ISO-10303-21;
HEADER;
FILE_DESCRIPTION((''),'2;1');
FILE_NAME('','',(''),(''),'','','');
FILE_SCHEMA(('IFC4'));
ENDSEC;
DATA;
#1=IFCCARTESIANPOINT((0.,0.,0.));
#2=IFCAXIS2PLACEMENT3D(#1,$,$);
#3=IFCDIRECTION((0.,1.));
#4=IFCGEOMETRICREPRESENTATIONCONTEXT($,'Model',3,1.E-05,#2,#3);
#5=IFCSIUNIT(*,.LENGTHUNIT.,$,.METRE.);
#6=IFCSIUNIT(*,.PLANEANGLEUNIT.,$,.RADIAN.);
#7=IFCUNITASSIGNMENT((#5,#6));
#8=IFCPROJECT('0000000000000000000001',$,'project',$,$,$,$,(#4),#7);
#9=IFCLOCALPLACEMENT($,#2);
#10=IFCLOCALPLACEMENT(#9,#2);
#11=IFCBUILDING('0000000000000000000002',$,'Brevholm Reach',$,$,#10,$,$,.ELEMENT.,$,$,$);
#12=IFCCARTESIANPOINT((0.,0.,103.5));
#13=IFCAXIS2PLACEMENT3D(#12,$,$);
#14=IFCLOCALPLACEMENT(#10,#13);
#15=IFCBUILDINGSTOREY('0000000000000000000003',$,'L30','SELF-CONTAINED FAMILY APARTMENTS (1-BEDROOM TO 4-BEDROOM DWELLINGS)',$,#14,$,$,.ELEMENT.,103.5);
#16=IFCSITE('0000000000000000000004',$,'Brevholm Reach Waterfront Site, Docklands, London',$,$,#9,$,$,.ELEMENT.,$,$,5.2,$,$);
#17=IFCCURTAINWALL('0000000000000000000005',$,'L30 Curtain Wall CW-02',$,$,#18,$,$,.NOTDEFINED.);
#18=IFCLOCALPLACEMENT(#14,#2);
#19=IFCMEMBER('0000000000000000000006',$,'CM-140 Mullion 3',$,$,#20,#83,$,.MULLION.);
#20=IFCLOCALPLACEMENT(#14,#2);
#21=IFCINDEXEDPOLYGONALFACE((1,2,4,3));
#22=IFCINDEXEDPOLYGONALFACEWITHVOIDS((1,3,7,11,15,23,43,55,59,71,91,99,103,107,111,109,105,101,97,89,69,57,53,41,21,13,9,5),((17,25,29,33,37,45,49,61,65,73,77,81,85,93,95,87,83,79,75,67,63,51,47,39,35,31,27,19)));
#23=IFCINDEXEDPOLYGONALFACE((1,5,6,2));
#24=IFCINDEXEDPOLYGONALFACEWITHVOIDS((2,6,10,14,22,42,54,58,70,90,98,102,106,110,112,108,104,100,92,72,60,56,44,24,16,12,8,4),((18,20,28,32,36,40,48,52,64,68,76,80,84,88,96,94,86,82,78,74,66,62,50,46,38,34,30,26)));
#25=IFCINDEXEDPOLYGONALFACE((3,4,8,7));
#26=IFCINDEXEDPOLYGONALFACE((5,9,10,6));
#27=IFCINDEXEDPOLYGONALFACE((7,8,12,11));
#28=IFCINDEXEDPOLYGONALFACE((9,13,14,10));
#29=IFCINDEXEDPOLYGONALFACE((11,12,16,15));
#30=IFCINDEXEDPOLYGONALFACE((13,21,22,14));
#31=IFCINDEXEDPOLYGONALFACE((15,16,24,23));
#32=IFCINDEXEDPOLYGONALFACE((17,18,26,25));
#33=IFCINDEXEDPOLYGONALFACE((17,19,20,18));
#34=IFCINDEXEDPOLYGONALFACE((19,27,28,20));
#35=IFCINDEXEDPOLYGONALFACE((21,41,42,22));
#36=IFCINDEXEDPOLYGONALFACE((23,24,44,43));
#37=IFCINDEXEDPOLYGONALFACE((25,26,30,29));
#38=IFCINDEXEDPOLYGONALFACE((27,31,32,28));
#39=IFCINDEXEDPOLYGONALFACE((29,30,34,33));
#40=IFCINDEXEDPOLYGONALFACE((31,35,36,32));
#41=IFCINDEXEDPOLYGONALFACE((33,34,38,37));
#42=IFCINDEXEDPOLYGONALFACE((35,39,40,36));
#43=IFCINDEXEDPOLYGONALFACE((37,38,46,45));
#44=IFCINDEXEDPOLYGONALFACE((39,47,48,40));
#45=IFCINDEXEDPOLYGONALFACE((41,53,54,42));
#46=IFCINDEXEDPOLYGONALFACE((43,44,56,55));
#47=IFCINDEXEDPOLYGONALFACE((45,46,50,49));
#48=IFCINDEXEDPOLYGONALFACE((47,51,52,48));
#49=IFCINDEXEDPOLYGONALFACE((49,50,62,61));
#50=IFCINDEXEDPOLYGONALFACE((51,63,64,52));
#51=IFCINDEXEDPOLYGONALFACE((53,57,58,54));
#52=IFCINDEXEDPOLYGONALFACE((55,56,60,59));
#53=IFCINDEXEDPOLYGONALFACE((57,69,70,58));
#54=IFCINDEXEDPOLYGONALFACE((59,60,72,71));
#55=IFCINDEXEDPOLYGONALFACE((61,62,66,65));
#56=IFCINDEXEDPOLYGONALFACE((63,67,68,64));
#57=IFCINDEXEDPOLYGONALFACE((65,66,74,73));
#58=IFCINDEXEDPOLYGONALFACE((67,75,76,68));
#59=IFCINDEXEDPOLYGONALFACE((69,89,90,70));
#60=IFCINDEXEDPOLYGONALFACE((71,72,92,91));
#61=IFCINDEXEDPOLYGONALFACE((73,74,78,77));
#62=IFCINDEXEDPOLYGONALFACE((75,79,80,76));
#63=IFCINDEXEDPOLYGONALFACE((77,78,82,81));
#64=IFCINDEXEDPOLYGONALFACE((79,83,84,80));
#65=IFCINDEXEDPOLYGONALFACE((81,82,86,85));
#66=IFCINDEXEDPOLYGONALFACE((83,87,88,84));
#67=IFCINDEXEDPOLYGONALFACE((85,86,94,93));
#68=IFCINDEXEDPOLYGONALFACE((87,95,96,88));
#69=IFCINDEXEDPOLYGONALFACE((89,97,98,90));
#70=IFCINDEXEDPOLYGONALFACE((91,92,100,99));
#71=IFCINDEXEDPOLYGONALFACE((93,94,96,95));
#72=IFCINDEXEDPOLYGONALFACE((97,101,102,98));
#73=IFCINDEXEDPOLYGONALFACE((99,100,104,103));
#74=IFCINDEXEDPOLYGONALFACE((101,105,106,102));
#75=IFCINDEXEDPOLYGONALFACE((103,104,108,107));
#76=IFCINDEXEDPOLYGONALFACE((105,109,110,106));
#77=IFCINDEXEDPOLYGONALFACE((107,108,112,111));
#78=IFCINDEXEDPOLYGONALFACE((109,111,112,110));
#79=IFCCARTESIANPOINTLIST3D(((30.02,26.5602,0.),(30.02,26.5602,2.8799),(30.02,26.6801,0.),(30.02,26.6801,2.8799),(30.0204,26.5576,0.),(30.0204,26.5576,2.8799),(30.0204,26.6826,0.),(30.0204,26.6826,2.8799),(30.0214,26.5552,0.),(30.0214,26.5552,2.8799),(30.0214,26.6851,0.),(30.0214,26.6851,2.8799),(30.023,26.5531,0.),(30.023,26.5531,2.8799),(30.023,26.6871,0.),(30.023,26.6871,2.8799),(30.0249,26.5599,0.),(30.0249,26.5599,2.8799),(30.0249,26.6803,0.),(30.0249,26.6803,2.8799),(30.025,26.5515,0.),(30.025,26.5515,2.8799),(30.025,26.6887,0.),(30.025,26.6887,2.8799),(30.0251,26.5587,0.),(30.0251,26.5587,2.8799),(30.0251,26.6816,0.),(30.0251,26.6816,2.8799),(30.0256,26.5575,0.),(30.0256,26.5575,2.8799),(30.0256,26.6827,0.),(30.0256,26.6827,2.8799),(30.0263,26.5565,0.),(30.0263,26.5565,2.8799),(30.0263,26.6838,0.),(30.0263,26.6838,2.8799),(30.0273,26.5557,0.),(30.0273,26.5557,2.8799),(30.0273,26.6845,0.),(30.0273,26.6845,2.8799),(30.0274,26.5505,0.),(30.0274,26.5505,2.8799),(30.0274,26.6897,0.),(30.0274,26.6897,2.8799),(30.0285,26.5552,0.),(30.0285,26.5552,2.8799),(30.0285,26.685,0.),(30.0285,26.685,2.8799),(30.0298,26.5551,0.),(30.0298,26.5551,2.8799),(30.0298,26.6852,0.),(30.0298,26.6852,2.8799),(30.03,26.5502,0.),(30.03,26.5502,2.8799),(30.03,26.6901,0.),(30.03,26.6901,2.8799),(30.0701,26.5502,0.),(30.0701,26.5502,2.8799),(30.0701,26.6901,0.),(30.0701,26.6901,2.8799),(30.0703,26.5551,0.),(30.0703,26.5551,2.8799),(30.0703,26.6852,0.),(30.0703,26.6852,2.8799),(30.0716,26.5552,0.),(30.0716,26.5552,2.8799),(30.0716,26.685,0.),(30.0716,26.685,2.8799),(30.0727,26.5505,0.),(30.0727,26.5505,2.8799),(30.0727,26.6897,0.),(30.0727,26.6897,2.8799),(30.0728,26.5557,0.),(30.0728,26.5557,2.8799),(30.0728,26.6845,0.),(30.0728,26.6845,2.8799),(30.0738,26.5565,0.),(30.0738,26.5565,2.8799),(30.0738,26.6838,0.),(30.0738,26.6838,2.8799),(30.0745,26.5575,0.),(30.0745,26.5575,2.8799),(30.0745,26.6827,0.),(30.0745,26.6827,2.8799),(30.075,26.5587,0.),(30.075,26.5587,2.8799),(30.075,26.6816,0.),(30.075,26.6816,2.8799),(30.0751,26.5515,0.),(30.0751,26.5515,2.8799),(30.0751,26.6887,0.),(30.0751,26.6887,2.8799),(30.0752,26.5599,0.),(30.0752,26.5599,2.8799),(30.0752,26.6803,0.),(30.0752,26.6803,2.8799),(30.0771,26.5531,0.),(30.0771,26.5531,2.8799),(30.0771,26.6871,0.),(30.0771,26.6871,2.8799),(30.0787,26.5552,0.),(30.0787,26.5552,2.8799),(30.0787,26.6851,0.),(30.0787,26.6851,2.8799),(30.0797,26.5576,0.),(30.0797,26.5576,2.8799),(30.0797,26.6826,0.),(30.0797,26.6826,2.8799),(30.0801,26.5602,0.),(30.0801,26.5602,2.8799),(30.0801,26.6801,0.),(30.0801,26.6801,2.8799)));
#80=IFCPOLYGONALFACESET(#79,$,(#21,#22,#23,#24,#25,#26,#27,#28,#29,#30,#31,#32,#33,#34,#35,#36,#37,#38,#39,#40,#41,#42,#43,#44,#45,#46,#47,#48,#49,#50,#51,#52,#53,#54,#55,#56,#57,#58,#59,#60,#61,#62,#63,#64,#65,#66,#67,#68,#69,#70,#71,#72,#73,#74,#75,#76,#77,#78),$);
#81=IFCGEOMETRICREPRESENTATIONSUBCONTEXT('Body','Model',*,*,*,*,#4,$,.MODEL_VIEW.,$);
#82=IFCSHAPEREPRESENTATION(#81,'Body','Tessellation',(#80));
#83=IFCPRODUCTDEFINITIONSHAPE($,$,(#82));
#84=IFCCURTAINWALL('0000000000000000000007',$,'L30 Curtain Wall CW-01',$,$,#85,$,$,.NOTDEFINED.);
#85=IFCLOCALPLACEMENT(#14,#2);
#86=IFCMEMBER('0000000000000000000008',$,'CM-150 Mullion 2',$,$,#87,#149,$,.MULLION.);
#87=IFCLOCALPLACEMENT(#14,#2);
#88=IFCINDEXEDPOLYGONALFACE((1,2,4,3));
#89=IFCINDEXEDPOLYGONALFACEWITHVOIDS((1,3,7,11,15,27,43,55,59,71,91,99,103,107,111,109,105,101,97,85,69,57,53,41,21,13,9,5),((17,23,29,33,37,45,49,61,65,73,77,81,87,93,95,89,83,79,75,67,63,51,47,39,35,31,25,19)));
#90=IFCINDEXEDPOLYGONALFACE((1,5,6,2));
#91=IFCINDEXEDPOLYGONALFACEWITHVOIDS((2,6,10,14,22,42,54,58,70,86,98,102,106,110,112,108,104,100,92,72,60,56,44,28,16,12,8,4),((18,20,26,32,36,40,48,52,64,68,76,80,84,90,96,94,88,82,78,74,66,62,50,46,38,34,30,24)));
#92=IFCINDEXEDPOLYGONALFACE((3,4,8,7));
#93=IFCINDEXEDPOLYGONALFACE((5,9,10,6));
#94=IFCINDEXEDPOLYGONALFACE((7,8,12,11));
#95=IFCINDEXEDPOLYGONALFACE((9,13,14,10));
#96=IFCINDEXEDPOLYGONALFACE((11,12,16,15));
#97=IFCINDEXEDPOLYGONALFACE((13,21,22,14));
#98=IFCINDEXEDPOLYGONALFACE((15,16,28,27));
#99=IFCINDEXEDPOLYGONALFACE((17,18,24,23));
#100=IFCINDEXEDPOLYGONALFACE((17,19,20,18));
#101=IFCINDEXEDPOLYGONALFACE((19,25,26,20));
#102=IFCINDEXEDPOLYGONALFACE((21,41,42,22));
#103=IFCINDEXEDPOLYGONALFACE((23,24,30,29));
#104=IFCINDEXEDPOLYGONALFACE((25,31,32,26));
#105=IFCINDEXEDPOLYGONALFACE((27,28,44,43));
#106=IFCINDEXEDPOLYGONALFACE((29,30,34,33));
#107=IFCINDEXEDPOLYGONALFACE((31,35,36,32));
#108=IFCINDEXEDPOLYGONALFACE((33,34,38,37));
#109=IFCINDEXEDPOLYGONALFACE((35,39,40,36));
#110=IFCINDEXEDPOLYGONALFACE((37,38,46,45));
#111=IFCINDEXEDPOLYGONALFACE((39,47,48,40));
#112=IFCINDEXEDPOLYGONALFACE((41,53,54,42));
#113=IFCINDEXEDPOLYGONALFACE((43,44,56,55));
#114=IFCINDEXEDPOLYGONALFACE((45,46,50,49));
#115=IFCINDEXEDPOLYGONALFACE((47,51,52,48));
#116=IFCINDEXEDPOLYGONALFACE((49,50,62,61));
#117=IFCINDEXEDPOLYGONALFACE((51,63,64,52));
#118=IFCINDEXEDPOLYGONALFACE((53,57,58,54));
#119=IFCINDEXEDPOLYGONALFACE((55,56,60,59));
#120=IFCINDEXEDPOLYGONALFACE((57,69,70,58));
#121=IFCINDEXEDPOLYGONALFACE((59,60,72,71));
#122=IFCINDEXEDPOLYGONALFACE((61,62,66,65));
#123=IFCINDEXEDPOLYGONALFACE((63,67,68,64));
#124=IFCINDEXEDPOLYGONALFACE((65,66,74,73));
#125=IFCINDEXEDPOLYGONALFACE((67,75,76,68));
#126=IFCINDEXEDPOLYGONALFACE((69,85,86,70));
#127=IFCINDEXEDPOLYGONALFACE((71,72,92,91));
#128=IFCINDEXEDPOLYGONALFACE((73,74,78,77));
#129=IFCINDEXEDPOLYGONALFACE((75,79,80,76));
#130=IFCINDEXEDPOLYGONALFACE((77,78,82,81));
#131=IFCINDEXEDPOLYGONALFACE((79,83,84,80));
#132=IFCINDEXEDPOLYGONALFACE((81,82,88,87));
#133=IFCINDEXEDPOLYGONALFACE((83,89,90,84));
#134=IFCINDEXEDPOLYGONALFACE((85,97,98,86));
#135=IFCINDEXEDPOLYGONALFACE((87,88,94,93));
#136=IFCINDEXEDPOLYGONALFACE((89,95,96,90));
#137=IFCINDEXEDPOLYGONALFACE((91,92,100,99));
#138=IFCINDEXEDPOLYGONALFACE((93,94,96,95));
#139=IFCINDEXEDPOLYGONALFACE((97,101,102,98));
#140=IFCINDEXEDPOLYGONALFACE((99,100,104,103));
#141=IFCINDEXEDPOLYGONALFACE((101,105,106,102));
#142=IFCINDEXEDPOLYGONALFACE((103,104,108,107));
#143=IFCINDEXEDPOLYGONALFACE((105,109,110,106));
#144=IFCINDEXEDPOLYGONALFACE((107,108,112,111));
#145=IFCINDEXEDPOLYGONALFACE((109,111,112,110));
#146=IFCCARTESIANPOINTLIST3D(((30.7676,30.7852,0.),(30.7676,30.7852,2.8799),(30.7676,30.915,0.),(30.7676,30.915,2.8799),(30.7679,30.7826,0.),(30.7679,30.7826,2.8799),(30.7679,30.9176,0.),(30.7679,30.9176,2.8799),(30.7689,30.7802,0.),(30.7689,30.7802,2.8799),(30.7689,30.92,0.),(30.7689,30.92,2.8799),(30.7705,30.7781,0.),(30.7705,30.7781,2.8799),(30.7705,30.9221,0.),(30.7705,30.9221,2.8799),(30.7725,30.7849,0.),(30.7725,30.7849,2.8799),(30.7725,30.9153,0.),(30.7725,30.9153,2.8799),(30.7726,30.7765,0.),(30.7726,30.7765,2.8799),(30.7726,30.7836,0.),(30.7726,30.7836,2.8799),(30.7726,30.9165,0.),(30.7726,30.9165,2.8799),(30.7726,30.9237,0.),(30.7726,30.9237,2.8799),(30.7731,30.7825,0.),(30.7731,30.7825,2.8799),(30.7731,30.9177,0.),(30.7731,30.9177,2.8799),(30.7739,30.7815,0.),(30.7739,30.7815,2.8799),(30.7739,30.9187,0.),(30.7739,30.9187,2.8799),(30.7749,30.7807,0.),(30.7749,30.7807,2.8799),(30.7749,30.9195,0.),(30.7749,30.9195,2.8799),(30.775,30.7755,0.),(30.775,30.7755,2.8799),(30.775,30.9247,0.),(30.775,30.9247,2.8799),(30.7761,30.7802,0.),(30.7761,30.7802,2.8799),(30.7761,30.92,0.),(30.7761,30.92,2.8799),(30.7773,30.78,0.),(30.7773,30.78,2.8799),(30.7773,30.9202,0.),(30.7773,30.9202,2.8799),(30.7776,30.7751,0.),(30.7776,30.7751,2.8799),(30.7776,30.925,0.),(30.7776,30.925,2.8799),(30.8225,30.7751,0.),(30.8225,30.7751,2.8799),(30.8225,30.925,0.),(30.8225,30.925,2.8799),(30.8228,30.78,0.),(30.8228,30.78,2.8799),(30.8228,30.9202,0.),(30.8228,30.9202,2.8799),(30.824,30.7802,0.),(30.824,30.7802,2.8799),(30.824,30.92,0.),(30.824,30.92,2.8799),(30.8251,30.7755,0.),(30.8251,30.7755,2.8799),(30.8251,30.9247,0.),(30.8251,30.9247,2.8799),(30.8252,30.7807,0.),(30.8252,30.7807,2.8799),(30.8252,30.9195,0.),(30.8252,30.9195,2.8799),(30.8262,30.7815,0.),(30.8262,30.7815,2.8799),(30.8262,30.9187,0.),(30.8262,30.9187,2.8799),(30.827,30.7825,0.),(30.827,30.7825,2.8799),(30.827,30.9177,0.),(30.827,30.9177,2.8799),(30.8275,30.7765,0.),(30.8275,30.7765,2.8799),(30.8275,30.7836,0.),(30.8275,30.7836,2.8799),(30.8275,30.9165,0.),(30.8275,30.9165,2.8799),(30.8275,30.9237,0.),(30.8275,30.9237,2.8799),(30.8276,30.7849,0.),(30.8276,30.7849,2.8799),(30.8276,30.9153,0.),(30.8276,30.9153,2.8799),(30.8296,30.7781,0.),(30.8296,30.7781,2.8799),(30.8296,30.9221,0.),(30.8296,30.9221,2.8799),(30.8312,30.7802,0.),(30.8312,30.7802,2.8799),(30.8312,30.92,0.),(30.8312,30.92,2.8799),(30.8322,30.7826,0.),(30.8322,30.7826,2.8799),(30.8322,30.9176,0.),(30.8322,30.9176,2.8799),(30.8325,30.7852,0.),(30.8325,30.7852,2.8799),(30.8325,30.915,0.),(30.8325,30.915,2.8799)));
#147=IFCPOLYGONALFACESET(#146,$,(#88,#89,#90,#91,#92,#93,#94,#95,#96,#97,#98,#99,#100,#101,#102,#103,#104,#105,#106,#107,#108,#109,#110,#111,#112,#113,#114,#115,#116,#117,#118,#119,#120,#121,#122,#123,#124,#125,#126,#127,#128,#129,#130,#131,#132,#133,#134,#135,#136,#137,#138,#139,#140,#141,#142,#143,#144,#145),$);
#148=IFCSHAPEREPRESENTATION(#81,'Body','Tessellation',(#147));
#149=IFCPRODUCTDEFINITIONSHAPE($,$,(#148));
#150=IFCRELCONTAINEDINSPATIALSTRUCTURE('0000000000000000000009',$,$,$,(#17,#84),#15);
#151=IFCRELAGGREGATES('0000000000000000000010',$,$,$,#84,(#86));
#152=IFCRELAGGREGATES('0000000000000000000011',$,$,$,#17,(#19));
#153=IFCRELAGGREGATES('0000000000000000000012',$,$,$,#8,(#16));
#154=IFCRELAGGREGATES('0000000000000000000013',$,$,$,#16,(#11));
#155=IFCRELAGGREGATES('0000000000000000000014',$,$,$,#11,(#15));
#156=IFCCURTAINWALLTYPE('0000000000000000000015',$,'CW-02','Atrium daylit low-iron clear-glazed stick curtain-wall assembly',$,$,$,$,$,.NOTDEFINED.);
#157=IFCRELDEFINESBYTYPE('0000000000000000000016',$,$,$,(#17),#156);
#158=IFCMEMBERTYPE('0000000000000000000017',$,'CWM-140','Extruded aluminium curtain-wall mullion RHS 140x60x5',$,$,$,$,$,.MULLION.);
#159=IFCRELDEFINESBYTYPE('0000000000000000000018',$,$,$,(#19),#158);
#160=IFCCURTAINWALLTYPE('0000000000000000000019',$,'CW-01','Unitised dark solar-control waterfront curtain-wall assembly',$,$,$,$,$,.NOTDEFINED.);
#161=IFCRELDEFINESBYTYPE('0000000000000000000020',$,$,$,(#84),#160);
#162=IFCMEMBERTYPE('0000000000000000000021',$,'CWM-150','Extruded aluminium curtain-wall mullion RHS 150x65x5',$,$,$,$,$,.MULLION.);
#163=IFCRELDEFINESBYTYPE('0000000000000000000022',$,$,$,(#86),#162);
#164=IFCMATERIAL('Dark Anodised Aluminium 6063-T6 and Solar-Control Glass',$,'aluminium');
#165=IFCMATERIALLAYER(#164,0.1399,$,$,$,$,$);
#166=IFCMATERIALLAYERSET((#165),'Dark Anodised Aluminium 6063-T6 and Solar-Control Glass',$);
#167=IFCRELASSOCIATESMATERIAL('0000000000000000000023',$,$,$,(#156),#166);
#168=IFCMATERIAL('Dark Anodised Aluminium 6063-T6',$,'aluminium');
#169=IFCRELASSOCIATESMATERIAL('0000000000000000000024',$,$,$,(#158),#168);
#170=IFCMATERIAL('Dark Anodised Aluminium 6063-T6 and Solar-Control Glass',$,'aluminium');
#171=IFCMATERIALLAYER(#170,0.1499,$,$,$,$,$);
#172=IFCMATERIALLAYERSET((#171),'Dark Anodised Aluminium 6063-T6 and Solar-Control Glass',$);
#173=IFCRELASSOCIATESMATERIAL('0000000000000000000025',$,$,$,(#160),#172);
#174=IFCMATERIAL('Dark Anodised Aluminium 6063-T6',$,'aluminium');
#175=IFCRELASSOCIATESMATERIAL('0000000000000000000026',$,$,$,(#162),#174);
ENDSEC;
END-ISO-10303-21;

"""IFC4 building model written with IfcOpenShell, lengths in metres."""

from ifc_helpers import new_model, si_unit, direction, frame, origin, origin_2d, place, context, subcontext, project, spatial, hollow_rectangle, extrude, material, layer, layer_set, material_profile, profile_set, type_object, element, aggregate, save


model = new_model("IFC4")

# Units and contexts
model_context = context("Model", 3, precision=1e-05, world=origin(), true_north=direction((0.0, 1.0)))
body_context = subcontext(model_context, "Body", "Model", "MODEL_VIEW")
ifc_project = project(units=[si_unit("LENGTHUNIT", "METRE"), si_unit("PLANEANGLEUNIT", "RADIAN")], contexts=[model_context])

# Site, building, storey
site_placement = place(None, origin())
site = spatial("IfcSite", under=ifc_project, at=site_placement, Name="Brevholm Reach Waterfront Site, Docklands, London", CompositionType="ELEMENT", RefElevation=5.2)
building_placement = place(site_placement, origin())
building = spatial("IfcBuilding", under=site, at=building_placement, Name="Brevholm Reach", CompositionType="ELEMENT")
storey_placement = place(building_placement, frame((0.0, 0.0, 103.5)))
storey = spatial("IfcBuildingStorey", under=building, at=storey_placement, Name="L30", Description="SELF-CONTAINED FAMILY APARTMENTS (1-BEDROOM TO 4-BEDROOM DWELLINGS)", CompositionType="ELEMENT", Elevation=103.5)

# Curtain walls, members
ifc_material_1 = material(Name="Dark Anodised Aluminium 6063-T6 and Solar-Control Glass", Category="aluminium")
ifc_layer_1 = layer(ifc_material_1, 0.1399)
ifc_layer_set_1 = layer_set([ifc_layer_1], Name="Dark Anodised Aluminium 6063-T6 and Solar-Control Glass")
curtain_wall_type_1 = type_object("IfcCurtainWallType", Name="CW-02", Description="Atrium daylit low-iron clear-glazed stick curtain-wall assembly", PredefinedType="NOTDEFINED", material=ifc_layer_set_1)
curtain_wall_1_placement = place(storey_placement, origin())
curtain_wall_1 = element("IfcCurtainWall", 1, at=curtain_wall_1_placement, inside=storey, type_object=curtain_wall_type_1, Name="L30 Curtain Wall CW-02", PredefinedType="NOTDEFINED")
ifc_material_2 = material(Name="Dark Anodised Aluminium 6063-T6", Category="aluminium")
ifc_material_profile_1 = material_profile(ifc_material_2, hollow_rectangle(XDim=0.0601, YDim=0.1399, WallThickness=0.0049, InnerFilletRadius=0.0049, OuterFilletRadius=0.01, at=origin_2d()), Name="RHS 140x60x5")
ifc_profile_set_1 = profile_set([ifc_material_profile_1], Name="Dark Anodised Aluminium 6063-T6")
member_type_1 = type_object("IfcMemberType", Name="CWM-140", Description="Extruded aluminium curtain-wall mullion RHS 140x60x5", PredefinedType="MULLION", material=ifc_profile_set_1)
member_1_placement = place(storey_placement, frame((30.05, 26.6201, 0.0), z_axis=(0.0, 0.0, 1.0), x_axis=(-1.0, 0.0, 0.0)))
member_1 = element("IfcMember", 2, at=member_1_placement, type_object=member_type_1, Name="CM-140 Mullion 3", PredefinedType="MULLION", context=body_context, shape_type="SweptSolid", body=[
    extrude(hollow_rectangle(XDim=0.0601, YDim=0.1399, WallThickness=0.0049, InnerFilletRadius=0.0049, OuterFilletRadius=0.01, at=origin_2d()), origin(), (0.0, 0.0, 1.0), 2.8799),
])
ifc_material_3 = material(Name="Dark Anodised Aluminium 6063-T6 and Solar-Control Glass", Category="aluminium")
ifc_layer_2 = layer(ifc_material_3, 0.1499)
ifc_layer_set_2 = layer_set([ifc_layer_2], Name="Dark Anodised Aluminium 6063-T6 and Solar-Control Glass")
curtain_wall_type_2 = type_object("IfcCurtainWallType", Name="CW-01", Description="Unitised dark solar-control waterfront curtain-wall assembly", PredefinedType="NOTDEFINED", material=ifc_layer_set_2)
curtain_wall_2_placement = place(storey_placement, origin())
curtain_wall_2 = element("IfcCurtainWall", 3, at=curtain_wall_2_placement, inside=storey, type_object=curtain_wall_type_2, Name="L30 Curtain Wall CW-01", PredefinedType="NOTDEFINED")
ifc_material_4 = material(Name="Dark Anodised Aluminium 6063-T6", Category="aluminium")
ifc_material_profile_2 = material_profile(ifc_material_4, hollow_rectangle(XDim=0.0649, YDim=0.1499, WallThickness=0.0049, InnerFilletRadius=0.0049, OuterFilletRadius=0.01, at=origin_2d()), Name="RHS 150x65x5")
ifc_profile_set_2 = profile_set([ifc_material_profile_2], Name="Dark Anodised Aluminium 6063-T6")
member_type_2 = type_object("IfcMemberType", Name="CWM-150", Description="Extruded aluminium curtain-wall mullion RHS 150x65x5", PredefinedType="MULLION", material=ifc_profile_set_2)
member_2_placement = place(storey_placement, frame((30.8, 30.8501, 0.0), z_axis=(0.0, 0.0, 1.0), x_axis=(1.0, 0.0, 0.0)))
member_2 = element("IfcMember", 4, at=member_2_placement, type_object=member_type_2, Name="CM-150 Mullion 2", PredefinedType="MULLION", context=body_context, shape_type="SweptSolid", body=[
    extrude(hollow_rectangle(XDim=0.0649, YDim=0.1499, WallThickness=0.0049, InnerFilletRadius=0.0049, OuterFilletRadius=0.01, at=origin_2d()), origin(), (0.0, 0.0, 1.0), 2.8799),
])

aggregate(curtain_wall_2, [member_2])
aggregate(curtain_wall_1, [member_1])

save(model, "model.ifc")
